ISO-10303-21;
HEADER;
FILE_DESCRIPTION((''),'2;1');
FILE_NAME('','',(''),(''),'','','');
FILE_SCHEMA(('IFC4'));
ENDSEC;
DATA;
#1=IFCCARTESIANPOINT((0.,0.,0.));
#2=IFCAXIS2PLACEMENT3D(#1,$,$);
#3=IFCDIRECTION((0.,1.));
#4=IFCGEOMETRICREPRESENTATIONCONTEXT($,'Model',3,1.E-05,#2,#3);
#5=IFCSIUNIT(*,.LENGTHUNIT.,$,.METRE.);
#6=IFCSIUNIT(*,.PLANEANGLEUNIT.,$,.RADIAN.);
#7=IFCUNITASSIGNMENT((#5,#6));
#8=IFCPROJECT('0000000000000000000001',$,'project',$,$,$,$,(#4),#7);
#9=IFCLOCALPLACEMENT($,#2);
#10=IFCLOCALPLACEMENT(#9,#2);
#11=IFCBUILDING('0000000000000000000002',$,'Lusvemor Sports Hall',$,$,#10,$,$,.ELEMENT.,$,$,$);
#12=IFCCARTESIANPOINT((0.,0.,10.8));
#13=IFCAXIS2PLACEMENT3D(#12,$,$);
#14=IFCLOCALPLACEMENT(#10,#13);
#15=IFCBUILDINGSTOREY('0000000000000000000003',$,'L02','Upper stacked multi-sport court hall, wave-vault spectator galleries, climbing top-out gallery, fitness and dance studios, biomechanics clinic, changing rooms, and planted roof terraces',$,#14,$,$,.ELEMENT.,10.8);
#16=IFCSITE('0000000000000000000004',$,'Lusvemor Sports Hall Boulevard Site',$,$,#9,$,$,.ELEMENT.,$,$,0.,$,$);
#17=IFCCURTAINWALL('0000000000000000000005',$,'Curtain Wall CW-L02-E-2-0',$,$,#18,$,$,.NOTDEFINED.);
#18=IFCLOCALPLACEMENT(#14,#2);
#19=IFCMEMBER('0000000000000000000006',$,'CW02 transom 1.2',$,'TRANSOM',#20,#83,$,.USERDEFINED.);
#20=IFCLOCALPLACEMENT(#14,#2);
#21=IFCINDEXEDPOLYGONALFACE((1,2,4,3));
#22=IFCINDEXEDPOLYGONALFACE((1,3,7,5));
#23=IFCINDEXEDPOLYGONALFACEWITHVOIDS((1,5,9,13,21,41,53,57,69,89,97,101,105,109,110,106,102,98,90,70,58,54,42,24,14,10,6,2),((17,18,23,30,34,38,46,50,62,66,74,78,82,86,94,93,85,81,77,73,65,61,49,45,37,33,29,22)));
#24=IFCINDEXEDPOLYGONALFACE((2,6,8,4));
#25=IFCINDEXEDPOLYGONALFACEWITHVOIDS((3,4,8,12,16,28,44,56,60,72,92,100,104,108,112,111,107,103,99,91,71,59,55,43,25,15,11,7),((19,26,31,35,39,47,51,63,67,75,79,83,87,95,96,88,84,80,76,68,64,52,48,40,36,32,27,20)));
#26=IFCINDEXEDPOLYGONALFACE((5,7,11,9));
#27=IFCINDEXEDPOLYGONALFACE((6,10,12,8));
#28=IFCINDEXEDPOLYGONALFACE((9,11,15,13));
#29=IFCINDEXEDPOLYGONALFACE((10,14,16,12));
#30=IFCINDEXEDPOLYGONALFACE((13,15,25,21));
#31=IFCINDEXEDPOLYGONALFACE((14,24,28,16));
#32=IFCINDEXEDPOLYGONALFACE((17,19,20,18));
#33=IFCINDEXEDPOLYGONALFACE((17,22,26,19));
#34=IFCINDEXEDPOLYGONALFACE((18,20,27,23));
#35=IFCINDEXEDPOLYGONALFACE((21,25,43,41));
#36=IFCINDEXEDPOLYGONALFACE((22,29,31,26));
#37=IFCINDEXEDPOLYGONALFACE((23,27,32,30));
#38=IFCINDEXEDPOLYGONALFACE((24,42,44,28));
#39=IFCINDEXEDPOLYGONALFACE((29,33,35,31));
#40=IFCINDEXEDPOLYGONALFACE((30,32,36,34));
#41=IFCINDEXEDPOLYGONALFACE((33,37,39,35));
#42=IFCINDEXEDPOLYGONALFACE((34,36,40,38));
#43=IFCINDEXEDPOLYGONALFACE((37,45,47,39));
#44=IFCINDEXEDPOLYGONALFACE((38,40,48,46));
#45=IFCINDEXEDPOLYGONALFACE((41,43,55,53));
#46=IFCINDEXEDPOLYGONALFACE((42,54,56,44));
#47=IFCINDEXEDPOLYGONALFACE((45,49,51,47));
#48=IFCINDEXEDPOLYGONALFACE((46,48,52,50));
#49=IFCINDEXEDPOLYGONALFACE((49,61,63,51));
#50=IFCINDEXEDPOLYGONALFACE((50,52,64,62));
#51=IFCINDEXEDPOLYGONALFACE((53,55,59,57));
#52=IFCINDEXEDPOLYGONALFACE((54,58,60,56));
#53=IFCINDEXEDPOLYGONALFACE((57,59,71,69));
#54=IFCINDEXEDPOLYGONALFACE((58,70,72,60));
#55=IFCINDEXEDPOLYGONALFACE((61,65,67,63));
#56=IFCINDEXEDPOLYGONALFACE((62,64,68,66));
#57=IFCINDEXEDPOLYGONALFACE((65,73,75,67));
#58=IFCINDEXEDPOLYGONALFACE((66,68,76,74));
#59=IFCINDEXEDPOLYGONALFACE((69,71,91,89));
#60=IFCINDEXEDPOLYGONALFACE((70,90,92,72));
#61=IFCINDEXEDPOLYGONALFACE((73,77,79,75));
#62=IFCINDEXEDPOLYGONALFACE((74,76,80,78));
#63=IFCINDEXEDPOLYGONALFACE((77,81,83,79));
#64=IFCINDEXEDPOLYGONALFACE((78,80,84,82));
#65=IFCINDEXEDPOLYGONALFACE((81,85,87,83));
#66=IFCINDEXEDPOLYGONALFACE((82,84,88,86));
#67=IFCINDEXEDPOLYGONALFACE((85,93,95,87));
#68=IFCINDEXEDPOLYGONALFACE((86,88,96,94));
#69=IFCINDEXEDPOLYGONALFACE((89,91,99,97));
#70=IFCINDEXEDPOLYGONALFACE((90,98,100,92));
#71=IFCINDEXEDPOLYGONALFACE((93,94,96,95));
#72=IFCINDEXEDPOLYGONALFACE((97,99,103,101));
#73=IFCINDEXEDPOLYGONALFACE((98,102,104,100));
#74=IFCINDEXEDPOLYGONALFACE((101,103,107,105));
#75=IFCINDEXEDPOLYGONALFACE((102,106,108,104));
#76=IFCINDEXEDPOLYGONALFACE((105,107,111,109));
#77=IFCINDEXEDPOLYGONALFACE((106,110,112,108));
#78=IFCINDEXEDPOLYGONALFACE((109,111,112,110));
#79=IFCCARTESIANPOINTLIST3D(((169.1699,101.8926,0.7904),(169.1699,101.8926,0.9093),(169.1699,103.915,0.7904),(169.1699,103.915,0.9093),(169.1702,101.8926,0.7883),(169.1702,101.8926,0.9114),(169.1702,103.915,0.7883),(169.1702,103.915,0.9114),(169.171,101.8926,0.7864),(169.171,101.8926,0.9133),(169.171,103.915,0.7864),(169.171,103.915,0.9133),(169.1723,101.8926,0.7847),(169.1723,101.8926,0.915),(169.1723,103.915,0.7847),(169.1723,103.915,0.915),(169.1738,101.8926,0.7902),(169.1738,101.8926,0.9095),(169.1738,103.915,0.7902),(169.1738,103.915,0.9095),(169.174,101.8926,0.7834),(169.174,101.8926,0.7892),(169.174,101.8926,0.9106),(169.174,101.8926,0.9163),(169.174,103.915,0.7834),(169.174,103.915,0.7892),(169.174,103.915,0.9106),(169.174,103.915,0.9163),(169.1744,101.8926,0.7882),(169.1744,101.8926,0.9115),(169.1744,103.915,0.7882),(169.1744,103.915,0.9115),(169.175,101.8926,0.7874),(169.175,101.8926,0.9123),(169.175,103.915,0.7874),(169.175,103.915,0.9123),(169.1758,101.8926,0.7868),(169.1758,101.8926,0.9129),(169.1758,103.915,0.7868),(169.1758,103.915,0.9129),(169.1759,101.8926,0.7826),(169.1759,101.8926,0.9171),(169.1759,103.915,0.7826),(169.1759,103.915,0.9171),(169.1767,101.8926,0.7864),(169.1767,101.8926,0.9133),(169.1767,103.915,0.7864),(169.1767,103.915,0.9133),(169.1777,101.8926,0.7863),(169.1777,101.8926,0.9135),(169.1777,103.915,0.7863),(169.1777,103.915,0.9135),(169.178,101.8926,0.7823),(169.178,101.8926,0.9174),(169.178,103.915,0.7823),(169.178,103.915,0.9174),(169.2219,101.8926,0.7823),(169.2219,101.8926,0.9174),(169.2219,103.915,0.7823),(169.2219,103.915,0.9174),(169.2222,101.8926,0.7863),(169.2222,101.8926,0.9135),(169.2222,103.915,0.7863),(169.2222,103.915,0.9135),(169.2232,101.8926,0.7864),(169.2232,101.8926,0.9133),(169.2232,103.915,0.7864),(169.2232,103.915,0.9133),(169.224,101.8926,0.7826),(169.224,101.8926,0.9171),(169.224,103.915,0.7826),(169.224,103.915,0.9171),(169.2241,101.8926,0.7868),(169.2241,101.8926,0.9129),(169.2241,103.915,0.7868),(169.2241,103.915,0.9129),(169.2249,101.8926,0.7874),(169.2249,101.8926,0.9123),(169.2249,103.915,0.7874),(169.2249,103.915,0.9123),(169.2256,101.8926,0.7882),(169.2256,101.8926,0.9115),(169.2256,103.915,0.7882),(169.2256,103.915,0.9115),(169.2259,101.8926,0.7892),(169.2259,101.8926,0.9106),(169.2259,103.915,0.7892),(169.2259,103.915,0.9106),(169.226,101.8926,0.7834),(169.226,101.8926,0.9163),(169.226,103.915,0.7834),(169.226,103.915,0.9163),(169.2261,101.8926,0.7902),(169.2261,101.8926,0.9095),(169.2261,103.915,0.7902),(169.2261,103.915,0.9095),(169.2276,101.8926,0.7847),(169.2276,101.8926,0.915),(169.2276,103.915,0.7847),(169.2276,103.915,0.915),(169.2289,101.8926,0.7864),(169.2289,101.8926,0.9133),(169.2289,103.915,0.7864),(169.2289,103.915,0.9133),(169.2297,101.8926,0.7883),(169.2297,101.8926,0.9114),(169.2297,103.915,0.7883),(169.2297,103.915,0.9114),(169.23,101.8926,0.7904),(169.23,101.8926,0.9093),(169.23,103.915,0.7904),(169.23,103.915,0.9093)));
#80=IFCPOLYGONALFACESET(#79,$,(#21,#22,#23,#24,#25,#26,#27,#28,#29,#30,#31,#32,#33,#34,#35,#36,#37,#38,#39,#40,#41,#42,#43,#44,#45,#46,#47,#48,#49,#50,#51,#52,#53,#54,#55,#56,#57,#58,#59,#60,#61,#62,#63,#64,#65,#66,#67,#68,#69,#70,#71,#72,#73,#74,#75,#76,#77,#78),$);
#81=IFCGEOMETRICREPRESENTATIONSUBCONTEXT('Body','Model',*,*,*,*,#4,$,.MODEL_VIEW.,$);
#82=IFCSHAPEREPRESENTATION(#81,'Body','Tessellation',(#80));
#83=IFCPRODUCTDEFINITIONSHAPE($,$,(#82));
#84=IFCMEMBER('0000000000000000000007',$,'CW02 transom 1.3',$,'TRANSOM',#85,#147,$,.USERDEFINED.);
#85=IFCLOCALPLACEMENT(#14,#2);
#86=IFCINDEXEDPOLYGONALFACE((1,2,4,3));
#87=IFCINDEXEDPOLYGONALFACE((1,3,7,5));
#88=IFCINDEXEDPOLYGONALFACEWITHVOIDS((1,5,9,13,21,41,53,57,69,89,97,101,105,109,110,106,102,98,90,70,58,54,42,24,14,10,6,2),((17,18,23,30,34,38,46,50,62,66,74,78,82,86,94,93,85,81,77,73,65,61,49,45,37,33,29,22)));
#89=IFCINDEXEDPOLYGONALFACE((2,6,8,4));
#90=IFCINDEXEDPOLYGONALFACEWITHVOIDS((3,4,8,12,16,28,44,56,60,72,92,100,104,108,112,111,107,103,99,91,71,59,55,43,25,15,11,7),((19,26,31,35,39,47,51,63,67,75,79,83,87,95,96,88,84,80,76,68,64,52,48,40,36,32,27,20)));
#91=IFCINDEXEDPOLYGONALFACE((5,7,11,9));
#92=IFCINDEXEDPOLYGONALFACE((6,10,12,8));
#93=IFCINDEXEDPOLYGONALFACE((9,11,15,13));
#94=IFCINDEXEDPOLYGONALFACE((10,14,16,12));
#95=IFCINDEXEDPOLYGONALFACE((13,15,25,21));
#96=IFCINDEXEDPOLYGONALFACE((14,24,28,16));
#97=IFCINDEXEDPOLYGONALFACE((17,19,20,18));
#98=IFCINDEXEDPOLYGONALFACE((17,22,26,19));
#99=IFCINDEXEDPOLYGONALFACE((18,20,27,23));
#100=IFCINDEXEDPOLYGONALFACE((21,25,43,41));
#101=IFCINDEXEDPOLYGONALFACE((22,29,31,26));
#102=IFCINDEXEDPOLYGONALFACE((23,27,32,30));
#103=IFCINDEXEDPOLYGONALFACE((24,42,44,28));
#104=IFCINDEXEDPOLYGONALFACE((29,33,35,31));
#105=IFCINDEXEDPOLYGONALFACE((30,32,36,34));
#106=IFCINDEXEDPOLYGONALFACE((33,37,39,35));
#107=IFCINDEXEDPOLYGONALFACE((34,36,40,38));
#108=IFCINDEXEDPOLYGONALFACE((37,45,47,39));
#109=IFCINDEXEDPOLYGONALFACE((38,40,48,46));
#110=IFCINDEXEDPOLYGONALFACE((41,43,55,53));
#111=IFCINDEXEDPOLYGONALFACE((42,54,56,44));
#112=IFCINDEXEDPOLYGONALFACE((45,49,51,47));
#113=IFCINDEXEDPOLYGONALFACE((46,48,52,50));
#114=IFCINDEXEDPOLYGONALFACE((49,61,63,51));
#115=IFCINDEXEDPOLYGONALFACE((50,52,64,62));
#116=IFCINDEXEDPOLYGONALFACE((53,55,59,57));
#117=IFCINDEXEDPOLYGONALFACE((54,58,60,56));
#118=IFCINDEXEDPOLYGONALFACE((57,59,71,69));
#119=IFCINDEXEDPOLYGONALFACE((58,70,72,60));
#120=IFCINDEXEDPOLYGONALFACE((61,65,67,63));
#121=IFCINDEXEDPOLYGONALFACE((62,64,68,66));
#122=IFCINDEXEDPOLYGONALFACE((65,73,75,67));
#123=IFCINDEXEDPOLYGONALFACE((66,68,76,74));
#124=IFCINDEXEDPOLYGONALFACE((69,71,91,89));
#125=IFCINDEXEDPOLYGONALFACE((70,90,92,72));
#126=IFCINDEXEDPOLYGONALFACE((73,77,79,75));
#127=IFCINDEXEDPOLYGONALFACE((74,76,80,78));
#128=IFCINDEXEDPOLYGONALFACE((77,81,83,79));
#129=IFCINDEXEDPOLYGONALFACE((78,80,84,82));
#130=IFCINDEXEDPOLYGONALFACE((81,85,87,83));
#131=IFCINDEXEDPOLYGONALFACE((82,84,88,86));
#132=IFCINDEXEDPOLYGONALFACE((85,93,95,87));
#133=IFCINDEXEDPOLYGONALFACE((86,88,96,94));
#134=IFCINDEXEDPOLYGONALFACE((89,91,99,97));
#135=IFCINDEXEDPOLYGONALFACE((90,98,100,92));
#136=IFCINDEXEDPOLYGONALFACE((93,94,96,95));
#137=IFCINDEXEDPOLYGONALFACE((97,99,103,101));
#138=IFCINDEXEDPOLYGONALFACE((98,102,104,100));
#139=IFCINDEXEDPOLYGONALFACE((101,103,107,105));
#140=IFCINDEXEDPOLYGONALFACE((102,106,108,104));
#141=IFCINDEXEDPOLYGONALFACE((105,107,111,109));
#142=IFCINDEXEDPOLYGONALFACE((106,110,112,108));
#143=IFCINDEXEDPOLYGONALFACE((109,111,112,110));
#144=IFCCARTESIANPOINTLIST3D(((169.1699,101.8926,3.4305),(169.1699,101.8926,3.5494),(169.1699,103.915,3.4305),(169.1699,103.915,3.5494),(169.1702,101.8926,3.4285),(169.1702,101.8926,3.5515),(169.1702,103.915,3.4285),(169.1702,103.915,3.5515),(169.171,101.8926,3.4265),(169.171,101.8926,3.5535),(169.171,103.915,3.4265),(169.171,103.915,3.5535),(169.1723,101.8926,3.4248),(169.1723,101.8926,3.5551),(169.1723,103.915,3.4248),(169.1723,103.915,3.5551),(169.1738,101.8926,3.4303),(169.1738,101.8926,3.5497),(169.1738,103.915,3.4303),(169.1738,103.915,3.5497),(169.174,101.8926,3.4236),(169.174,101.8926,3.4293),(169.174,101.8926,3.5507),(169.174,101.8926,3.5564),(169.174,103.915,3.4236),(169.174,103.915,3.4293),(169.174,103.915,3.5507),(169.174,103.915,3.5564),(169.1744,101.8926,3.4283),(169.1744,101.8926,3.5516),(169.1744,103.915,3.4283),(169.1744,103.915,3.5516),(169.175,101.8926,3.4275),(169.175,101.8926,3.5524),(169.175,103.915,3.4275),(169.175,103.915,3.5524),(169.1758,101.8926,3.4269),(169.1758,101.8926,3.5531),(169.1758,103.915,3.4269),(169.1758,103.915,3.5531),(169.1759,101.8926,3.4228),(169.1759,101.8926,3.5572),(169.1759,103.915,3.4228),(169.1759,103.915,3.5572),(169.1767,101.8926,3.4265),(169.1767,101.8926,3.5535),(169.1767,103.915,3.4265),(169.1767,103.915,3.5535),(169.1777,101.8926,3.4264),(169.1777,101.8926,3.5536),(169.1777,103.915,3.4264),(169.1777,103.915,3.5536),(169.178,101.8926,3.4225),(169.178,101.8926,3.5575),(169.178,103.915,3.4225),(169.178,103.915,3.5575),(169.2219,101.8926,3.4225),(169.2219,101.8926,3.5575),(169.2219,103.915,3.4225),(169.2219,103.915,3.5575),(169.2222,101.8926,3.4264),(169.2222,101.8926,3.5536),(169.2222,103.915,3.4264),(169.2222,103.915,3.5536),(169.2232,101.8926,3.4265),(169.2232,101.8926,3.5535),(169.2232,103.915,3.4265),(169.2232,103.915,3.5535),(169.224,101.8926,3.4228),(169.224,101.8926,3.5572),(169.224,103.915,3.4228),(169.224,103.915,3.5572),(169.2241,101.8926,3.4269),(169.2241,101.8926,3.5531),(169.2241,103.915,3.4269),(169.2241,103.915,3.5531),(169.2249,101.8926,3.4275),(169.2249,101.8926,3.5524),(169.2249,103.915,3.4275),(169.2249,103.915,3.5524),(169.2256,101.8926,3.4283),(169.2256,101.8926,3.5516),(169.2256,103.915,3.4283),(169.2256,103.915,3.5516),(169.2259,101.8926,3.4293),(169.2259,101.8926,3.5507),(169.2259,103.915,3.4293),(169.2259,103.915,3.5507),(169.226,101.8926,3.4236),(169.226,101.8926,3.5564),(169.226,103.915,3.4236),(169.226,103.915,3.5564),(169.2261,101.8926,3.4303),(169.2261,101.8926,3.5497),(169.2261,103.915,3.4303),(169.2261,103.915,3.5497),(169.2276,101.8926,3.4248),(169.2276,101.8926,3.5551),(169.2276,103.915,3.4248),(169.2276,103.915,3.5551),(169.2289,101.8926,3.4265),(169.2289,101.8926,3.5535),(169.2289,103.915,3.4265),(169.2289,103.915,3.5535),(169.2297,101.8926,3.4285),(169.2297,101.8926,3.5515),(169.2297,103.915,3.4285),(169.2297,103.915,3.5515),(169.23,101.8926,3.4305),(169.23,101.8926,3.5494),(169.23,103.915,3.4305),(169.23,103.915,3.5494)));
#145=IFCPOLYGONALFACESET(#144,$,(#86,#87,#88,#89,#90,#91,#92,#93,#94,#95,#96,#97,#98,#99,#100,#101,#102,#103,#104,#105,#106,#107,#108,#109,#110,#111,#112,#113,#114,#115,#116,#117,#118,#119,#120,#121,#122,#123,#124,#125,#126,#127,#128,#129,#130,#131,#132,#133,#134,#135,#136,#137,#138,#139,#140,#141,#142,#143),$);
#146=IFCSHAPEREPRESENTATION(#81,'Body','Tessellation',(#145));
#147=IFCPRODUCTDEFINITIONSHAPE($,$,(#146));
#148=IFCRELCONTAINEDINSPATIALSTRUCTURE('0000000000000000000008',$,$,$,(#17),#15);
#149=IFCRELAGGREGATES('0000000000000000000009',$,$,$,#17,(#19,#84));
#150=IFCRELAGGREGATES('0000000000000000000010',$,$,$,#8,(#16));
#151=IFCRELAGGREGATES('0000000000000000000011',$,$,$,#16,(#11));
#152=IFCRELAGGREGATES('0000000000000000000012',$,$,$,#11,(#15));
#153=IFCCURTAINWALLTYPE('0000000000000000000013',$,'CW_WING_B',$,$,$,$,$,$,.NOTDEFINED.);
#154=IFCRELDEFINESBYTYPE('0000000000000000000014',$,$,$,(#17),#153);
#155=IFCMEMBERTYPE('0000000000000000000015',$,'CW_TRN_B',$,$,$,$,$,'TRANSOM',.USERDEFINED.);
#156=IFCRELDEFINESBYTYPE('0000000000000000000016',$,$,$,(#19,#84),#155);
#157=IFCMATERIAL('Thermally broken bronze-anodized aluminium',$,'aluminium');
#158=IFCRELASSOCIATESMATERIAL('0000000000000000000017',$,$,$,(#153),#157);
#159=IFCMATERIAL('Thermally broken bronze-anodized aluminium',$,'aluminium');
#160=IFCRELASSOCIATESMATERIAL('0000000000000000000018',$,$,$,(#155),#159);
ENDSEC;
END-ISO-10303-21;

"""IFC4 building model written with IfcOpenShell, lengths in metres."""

from ifc_helpers import new_model, si_unit, direction, frame, origin, origin_2d, place, context, subcontext, project, spatial, hollow_rectangle, extrude, material, material_profile, profile_set, type_object, element, aggregate, save


model = new_model("IFC4")

# Units and contexts
model_context = context("Model", 3, precision=1e-05, world=origin(), true_north=direction((0.0, 1.0)))
body_context = subcontext(model_context, "Body", "Model", "MODEL_VIEW")
ifc_project = project(units=[si_unit("LENGTHUNIT", "METRE"), si_unit("PLANEANGLEUNIT", "RADIAN")], contexts=[model_context])

# Site, building, storey
site_placement = place(None, origin())
site = spatial("IfcSite", under=ifc_project, at=site_placement, Name="Lusvemor Sports Hall Boulevard Site", CompositionType="ELEMENT", RefElevation=0.0)
building_placement = place(site_placement, origin())
building = spatial("IfcBuilding", under=site, at=building_placement, Name="Lusvemor Sports Hall", CompositionType="ELEMENT")
storey_placement = place(building_placement, frame((0.0, 0.0, 10.8)))
storey = spatial("IfcBuildingStorey", under=building, at=storey_placement, Name="L02", Description="Upper stacked multi-sport court hall, wave-vault spectator galleries, climbing top-out gallery, fitness and dance studios, biomechanics clinic, changing rooms, and planted roof terraces", CompositionType="ELEMENT", Elevation=10.8)

# Curtain wall, members
ifc_material_1 = material(Name="Thermally broken bronze-anodized aluminium", Category="aluminium")
curtain_wall_type = type_object("IfcCurtainWallType", Name="CW_WING_B", PredefinedType="NOTDEFINED", material=ifc_material_1)
curtain_wall_placement = place(storey_placement, origin())
curtain_wall = element("IfcCurtainWall", 1, at=curtain_wall_placement, inside=storey, type_object=curtain_wall_type, Name="Curtain Wall CW-L02-E-2-0", PredefinedType="NOTDEFINED")
ifc_material_2 = material(Name="Thermally broken bronze-anodized aluminium", Category="aluminium")
ifc_material_profile_1 = material_profile(ifc_material_2, hollow_rectangle(XDim=0.0601, YDim=0.135, WallThickness=0.0039, InnerFilletRadius=0.0039, OuterFilletRadius=0.0081, at=origin_2d()), Name="CWTRN135x60x4")
ifc_profile_set_1 = profile_set([ifc_material_profile_1], Name="Thermally broken bronze-anodized aluminium")
member_type_1 = type_object("IfcMemberType", Name="CW_TRN_B", ElementType="TRANSOM", PredefinedType="USERDEFINED", material=ifc_profile_set_1)
member_1_placement = place(storey_placement, frame((169.2, 103.915, 0.8499), z_axis=(0.0, -1.0, 0.0), x_axis=(1.0, 0.0, 0.0)))
member_1 = element("IfcMember", 2, at=member_1_placement, type_object=member_type_1, Name="CW02 transom 1.2", ObjectType="TRANSOM", PredefinedType="USERDEFINED", context=body_context, shape_type="SweptSolid", body=[
    extrude(hollow_rectangle(XDim=0.0601, YDim=0.135, WallThickness=0.0039, InnerFilletRadius=0.0039, OuterFilletRadius=0.0081, at=origin_2d()), origin(), (0.0, 0.0, 1.0), 2.0225),
])
member_2_placement = place(storey_placement, frame((169.2, 103.915, 3.49), z_axis=(0.0, -1.0, 0.0), x_axis=(1.0, 0.0, 0.0)))
member_2 = element("IfcMember", 3, at=member_2_placement, type_object=member_type_1, Name="CW02 transom 1.3", ObjectType="TRANSOM", PredefinedType="USERDEFINED", context=body_context, shape_type="SweptSolid", body=[
    extrude(hollow_rectangle(XDim=0.0601, YDim=0.135, WallThickness=0.0039, InnerFilletRadius=0.0039, OuterFilletRadius=0.0081, at=origin_2d()), origin(), (0.0, 0.0, 1.0), 2.0225),
])
aggregate(curtain_wall, [member_1, member_2])

save(model, "model.ifc")
